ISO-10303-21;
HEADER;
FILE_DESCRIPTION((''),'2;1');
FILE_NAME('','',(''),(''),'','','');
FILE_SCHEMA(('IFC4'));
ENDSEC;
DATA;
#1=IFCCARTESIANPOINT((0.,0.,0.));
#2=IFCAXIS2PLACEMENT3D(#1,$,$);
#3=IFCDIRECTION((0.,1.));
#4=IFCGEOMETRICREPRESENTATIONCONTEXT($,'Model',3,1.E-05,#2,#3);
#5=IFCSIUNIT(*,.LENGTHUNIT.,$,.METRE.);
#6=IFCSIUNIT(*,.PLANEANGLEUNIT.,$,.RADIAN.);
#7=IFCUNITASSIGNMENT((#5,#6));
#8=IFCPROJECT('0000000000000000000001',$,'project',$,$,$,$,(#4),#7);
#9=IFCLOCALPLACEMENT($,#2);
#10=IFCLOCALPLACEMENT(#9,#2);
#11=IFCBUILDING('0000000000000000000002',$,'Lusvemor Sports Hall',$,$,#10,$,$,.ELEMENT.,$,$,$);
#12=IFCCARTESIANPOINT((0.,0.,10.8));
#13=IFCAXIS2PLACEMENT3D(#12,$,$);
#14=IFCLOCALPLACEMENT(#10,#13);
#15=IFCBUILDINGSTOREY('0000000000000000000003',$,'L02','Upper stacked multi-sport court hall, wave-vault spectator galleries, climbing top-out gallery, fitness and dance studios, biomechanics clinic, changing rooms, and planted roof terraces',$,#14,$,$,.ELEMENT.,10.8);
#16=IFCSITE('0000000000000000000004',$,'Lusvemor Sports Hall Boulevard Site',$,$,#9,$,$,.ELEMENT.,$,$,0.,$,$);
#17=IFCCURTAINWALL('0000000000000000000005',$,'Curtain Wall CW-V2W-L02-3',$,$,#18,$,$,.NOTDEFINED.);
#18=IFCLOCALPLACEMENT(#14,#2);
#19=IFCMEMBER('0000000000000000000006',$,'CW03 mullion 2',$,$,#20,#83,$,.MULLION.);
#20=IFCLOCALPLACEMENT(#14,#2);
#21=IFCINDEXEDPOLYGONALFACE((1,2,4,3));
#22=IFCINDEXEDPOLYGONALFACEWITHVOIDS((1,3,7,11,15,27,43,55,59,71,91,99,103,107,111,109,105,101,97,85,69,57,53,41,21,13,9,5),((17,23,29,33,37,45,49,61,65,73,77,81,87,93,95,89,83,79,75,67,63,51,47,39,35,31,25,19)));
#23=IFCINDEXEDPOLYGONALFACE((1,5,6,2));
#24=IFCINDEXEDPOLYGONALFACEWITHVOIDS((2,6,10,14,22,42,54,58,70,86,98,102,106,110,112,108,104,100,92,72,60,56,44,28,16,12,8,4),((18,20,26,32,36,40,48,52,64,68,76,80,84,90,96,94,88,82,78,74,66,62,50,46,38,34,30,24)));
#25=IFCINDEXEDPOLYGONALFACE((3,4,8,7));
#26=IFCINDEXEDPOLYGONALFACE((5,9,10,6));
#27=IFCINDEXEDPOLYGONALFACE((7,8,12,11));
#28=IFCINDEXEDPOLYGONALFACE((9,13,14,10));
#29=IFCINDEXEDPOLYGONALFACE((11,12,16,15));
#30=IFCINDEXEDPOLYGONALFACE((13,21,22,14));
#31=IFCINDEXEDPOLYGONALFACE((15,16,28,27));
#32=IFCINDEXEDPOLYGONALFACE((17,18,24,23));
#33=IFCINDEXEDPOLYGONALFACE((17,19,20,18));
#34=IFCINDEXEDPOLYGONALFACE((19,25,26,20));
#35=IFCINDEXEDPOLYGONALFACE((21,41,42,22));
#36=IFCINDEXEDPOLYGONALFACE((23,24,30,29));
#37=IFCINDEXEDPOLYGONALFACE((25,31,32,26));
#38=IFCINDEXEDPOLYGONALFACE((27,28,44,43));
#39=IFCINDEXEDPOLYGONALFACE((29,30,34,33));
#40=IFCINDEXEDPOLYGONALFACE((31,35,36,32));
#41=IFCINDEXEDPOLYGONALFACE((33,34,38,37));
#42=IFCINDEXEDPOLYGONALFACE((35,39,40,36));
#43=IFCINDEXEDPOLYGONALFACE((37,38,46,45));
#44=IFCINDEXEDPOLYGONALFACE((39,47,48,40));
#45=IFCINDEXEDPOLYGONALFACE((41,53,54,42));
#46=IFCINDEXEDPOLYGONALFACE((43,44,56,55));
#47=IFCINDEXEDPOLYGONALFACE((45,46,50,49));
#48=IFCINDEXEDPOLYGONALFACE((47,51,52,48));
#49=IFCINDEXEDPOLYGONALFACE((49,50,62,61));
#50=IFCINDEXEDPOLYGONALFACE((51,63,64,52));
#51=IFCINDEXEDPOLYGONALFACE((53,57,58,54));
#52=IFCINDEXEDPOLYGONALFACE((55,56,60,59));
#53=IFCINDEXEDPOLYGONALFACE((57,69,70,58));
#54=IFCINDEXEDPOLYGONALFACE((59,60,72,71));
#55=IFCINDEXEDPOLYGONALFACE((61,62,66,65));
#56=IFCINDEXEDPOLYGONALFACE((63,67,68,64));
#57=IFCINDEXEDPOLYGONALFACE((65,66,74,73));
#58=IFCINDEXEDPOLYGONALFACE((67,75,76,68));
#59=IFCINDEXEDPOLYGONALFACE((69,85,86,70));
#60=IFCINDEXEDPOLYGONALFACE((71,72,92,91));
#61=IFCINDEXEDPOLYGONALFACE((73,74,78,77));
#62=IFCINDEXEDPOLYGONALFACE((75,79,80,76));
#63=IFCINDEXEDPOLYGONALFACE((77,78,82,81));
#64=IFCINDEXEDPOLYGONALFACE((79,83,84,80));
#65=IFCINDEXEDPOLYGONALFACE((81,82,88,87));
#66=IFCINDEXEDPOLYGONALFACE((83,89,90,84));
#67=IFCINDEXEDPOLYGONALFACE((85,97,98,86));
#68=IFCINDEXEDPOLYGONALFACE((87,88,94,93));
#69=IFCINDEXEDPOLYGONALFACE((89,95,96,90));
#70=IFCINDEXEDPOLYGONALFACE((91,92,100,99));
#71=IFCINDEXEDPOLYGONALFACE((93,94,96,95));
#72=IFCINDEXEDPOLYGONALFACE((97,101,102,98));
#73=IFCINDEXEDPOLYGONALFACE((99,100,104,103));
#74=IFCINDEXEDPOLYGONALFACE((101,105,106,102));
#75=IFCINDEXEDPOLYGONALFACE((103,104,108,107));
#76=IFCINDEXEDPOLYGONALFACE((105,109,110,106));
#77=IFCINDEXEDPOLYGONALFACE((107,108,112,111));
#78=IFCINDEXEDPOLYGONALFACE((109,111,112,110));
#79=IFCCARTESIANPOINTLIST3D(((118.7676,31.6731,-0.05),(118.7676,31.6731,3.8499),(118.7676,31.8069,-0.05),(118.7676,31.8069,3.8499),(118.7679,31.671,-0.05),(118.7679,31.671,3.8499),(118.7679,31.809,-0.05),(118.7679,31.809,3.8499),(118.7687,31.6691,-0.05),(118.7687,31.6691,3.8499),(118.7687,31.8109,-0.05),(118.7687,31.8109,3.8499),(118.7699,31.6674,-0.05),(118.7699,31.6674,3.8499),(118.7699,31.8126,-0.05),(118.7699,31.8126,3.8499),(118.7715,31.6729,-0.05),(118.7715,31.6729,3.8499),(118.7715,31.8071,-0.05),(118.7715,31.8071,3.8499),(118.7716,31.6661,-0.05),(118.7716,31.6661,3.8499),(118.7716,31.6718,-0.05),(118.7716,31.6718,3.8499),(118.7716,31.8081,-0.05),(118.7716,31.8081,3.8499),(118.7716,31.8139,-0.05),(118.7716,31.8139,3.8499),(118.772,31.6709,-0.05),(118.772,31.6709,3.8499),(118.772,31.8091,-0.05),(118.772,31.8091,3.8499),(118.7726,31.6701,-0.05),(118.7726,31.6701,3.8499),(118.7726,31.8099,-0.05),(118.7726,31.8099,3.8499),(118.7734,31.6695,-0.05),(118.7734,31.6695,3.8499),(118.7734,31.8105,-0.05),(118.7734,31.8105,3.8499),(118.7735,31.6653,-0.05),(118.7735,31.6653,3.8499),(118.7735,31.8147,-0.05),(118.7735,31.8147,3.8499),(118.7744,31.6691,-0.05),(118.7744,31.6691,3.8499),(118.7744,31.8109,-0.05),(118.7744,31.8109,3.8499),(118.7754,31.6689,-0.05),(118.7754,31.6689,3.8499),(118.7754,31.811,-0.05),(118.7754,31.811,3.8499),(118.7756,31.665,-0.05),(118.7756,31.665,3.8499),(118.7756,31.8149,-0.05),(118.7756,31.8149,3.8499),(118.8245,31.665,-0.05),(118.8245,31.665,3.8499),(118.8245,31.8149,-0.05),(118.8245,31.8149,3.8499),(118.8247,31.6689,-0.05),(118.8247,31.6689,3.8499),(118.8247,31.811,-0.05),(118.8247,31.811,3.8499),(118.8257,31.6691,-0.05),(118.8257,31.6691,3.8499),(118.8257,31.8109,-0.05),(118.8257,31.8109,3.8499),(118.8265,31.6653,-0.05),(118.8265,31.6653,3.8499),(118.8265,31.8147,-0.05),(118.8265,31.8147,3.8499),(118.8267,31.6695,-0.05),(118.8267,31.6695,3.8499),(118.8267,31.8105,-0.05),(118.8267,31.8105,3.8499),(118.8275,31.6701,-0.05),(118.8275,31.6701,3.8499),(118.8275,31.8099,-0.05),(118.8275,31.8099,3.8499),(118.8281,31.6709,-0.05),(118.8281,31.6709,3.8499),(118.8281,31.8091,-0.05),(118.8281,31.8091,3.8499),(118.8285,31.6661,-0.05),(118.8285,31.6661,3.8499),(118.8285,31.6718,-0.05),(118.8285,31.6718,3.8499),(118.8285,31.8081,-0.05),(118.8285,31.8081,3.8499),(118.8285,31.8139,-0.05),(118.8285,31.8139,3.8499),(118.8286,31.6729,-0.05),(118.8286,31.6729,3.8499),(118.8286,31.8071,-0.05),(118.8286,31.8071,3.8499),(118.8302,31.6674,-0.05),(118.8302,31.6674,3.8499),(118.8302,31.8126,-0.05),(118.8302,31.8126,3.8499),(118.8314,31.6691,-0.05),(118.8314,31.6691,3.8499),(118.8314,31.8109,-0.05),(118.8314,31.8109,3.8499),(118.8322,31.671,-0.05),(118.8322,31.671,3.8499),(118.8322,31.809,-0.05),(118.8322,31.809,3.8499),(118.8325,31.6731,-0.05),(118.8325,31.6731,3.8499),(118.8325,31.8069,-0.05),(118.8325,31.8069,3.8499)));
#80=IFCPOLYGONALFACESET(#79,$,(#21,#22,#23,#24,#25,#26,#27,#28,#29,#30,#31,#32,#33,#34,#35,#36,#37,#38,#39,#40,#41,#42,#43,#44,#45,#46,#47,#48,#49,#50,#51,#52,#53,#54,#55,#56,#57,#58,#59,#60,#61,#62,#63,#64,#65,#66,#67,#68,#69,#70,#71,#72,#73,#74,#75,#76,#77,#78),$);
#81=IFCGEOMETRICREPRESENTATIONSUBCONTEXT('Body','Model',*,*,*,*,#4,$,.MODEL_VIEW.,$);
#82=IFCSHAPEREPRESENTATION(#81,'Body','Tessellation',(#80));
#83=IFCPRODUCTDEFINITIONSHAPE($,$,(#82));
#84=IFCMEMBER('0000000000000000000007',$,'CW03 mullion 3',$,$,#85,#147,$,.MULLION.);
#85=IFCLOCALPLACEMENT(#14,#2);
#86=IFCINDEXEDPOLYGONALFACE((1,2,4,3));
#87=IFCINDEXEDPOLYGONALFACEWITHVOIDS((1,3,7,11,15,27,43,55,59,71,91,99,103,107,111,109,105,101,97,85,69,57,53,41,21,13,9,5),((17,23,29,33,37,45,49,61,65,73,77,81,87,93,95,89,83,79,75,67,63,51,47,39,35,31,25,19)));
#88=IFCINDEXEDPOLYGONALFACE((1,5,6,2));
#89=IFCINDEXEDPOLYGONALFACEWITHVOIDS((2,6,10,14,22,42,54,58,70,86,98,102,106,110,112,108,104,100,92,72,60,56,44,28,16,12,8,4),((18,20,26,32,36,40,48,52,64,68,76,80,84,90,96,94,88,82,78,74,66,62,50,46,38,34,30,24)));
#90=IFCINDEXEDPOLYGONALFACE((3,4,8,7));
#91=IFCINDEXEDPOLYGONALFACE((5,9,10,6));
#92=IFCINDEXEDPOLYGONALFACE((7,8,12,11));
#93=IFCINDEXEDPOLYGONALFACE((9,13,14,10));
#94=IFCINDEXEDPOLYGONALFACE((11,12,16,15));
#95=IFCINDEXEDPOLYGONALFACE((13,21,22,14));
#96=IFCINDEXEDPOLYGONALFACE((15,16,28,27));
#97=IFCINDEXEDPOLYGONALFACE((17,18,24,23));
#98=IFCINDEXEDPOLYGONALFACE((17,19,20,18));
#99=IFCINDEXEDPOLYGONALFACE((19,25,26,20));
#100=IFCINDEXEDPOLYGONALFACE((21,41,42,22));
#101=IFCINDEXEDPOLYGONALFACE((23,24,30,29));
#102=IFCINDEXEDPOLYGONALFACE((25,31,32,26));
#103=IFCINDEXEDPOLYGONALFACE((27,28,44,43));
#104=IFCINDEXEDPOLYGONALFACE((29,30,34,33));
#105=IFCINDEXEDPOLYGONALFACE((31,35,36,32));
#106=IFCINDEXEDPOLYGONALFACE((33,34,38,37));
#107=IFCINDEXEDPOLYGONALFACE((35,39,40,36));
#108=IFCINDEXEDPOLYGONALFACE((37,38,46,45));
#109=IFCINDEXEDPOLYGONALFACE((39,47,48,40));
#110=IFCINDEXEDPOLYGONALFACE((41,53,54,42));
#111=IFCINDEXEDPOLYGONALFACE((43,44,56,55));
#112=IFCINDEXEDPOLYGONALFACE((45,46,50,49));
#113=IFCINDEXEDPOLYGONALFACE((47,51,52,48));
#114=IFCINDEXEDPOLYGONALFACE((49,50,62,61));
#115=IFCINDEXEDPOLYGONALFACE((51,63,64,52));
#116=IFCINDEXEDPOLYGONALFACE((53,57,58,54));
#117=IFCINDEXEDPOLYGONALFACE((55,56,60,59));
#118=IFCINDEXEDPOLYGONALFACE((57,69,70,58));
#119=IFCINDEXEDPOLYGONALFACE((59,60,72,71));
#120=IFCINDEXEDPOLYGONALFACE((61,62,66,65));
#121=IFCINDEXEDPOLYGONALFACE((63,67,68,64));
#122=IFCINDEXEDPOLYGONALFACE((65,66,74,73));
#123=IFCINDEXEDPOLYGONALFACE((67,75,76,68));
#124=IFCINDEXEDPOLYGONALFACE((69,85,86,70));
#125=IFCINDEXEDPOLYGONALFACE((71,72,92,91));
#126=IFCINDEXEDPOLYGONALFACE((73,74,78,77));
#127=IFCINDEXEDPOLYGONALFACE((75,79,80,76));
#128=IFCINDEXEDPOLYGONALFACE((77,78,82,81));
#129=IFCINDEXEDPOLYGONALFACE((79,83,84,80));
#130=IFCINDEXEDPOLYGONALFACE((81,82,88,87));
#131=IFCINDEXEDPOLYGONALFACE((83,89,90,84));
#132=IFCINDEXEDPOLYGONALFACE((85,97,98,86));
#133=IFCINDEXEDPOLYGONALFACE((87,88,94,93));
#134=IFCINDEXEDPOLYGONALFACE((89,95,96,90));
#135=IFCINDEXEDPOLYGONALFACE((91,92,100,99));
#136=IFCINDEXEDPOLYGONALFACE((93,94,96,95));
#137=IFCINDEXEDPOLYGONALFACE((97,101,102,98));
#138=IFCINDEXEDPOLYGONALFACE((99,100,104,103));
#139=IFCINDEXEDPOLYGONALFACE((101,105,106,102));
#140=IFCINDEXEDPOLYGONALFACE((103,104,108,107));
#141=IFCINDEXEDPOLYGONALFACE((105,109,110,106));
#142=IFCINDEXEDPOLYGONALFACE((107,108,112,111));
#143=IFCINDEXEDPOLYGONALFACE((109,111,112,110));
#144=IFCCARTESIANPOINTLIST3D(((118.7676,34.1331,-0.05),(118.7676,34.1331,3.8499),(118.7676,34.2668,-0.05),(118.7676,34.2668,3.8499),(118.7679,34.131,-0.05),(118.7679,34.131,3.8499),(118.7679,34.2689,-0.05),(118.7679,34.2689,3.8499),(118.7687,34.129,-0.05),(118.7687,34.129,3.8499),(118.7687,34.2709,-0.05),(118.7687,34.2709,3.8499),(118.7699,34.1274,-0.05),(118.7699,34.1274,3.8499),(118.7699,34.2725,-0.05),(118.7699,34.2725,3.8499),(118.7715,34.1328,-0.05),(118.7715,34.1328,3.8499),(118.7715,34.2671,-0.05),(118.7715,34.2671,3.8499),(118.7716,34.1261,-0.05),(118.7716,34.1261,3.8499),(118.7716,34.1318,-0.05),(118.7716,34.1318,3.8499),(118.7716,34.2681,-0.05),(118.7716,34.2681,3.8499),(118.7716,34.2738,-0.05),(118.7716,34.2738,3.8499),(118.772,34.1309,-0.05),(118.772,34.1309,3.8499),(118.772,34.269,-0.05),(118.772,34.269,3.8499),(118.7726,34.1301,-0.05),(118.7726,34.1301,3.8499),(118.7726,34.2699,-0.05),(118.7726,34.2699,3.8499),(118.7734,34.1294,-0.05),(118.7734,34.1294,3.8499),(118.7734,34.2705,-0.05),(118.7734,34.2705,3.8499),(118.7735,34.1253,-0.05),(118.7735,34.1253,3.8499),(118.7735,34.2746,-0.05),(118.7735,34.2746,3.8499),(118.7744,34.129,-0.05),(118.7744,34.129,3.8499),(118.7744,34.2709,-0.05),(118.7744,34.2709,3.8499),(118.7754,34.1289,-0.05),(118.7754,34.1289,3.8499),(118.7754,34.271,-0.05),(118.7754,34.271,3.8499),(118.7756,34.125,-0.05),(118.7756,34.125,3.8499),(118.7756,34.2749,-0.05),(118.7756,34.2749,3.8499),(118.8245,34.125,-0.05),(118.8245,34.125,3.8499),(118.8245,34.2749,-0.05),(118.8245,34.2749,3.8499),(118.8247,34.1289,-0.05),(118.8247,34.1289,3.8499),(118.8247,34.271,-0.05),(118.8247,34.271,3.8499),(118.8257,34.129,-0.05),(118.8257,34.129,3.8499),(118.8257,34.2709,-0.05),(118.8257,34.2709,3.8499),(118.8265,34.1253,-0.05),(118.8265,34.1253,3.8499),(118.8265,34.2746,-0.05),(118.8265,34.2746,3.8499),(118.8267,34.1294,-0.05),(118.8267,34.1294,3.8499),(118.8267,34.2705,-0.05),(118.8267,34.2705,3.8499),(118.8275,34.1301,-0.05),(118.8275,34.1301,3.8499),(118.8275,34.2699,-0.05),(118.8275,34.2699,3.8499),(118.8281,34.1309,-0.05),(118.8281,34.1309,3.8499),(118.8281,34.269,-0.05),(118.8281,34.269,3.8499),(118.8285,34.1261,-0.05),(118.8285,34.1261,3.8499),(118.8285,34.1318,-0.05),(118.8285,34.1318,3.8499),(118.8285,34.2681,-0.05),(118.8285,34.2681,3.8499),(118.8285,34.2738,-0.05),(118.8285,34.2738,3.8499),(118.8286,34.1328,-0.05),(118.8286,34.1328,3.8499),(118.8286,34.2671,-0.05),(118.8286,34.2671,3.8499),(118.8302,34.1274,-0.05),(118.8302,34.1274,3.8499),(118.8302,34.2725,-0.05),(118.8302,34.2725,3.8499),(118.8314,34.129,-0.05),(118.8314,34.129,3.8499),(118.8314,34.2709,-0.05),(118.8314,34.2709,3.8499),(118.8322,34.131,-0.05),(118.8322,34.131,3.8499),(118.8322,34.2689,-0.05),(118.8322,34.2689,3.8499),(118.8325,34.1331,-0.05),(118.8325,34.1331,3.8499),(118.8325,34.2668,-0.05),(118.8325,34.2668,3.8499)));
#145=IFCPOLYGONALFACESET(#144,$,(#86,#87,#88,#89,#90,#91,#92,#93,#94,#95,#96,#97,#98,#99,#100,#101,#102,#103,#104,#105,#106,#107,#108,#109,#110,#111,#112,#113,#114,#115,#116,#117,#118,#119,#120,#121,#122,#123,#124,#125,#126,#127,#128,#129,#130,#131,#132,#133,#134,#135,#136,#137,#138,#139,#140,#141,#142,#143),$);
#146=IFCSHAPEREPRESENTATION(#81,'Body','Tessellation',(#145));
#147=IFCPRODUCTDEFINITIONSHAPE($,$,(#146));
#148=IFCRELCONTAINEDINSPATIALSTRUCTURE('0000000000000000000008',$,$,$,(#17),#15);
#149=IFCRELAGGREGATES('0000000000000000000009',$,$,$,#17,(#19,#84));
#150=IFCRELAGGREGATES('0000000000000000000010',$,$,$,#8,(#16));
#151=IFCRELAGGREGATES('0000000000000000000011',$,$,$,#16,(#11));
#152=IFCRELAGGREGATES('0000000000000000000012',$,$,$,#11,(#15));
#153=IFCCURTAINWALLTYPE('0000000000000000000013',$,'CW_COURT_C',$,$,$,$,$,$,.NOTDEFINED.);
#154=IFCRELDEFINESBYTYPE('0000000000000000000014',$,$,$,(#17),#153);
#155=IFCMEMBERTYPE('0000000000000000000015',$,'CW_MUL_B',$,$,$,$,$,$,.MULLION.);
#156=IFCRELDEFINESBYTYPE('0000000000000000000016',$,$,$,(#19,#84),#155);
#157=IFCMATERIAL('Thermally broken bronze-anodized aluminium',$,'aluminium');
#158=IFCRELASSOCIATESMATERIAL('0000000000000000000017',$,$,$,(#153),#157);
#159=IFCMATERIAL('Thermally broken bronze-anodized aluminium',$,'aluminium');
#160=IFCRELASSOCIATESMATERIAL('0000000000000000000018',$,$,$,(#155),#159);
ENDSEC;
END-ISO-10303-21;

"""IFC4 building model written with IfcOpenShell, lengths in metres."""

from ifc_helpers import new_model, si_unit, direction, frame, origin, origin_2d, place, context, subcontext, project, spatial, hollow_rectangle, extrude, material, material_profile, profile_set, type_object, element, aggregate, save


model = new_model("IFC4")

# Units and contexts
model_context = context("Model", 3, precision=1e-05, world=origin(), true_north=direction((0.0, 1.0)))
body_context = subcontext(model_context, "Body", "Model", "MODEL_VIEW")
ifc_project = project(units=[si_unit("LENGTHUNIT", "METRE"), si_unit("PLANEANGLEUNIT", "RADIAN")], contexts=[model_context])

# Site, building, storey
site_placement = place(None, origin())
site = spatial("IfcSite", under=ifc_project, at=site_placement, Name="Lusvemor Sports Hall Boulevard Site", CompositionType="ELEMENT", RefElevation=0.0)
building_placement = place(site_placement, origin())
building = spatial("IfcBuilding", under=site, at=building_placement, Name="Lusvemor Sports Hall", CompositionType="ELEMENT")
storey_placement = place(building_placement, frame((0.0, 0.0, 10.8)))
storey = spatial("IfcBuildingStorey", under=building, at=storey_placement, Name="L02", Description="Upper stacked multi-sport court hall, wave-vault spectator galleries, climbing top-out gallery, fitness and dance studios, biomechanics clinic, changing rooms, and planted roof terraces", CompositionType="ELEMENT", Elevation=10.8)

# Curtain wall, members
ifc_material_1 = material(Name="Thermally broken bronze-anodized aluminium", Category="aluminium")
curtain_wall_type = type_object("IfcCurtainWallType", Name="CW_COURT_C", PredefinedType="NOTDEFINED", material=ifc_material_1)
curtain_wall_placement = place(storey_placement, origin())
curtain_wall = element("IfcCurtainWall", 1, at=curtain_wall_placement, inside=storey, type_object=curtain_wall_type, Name="Curtain Wall CW-V2W-L02-3", PredefinedType="NOTDEFINED")
ifc_material_2 = material(Name="Thermally broken bronze-anodized aluminium", Category="aluminium")
ifc_material_profile_1 = material_profile(ifc_material_2, hollow_rectangle(XDim=0.0649, YDim=0.1499, WallThickness=0.0039, InnerFilletRadius=0.0039, OuterFilletRadius=0.0081, at=origin_2d()), Name="CWMUL150x65x4")
ifc_profile_set_1 = profile_set([ifc_material_profile_1], Name="Thermally broken bronze-anodized aluminium")
member_type_1 = type_object("IfcMemberType", Name="CW_MUL_B", PredefinedType="MULLION", material=ifc_profile_set_1)
member_1_placement = place(storey_placement, frame((118.8, 31.74, -0.05), z_axis=(0.0, 0.0, 1.0), x_axis=(-1.0, 0.0, 0.0)))
member_1 = element("IfcMember", 2, at=member_1_placement, type_object=member_type_1, Name="CW03 mullion 2", PredefinedType="MULLION", context=body_context, shape_type="SweptSolid", body=[
    extrude(hollow_rectangle(XDim=0.0649, YDim=0.1499, WallThickness=0.0039, InnerFilletRadius=0.0039, OuterFilletRadius=0.0081, at=origin_2d()), origin(), (0.0, 0.0, 1.0), 3.8999),
])
member_2_placement = place(storey_placement, frame((118.8, 34.2, -0.05), z_axis=(0.0, 0.0, 1.0), x_axis=(-1.0, 0.0, 0.0)))
member_2 = element("IfcMember", 3, at=member_2_placement, type_object=member_type_1, Name="CW03 mullion 3", PredefinedType="MULLION", context=body_context, shape_type="SweptSolid", body=[
    extrude(hollow_rectangle(XDim=0.0649, YDim=0.1499, WallThickness=0.0039, InnerFilletRadius=0.0039, OuterFilletRadius=0.0081, at=origin_2d()), origin(), (0.0, 0.0, 1.0), 3.8999),
])
aggregate(curtain_wall, [member_1, member_2])

save(model, "model.ifc")
